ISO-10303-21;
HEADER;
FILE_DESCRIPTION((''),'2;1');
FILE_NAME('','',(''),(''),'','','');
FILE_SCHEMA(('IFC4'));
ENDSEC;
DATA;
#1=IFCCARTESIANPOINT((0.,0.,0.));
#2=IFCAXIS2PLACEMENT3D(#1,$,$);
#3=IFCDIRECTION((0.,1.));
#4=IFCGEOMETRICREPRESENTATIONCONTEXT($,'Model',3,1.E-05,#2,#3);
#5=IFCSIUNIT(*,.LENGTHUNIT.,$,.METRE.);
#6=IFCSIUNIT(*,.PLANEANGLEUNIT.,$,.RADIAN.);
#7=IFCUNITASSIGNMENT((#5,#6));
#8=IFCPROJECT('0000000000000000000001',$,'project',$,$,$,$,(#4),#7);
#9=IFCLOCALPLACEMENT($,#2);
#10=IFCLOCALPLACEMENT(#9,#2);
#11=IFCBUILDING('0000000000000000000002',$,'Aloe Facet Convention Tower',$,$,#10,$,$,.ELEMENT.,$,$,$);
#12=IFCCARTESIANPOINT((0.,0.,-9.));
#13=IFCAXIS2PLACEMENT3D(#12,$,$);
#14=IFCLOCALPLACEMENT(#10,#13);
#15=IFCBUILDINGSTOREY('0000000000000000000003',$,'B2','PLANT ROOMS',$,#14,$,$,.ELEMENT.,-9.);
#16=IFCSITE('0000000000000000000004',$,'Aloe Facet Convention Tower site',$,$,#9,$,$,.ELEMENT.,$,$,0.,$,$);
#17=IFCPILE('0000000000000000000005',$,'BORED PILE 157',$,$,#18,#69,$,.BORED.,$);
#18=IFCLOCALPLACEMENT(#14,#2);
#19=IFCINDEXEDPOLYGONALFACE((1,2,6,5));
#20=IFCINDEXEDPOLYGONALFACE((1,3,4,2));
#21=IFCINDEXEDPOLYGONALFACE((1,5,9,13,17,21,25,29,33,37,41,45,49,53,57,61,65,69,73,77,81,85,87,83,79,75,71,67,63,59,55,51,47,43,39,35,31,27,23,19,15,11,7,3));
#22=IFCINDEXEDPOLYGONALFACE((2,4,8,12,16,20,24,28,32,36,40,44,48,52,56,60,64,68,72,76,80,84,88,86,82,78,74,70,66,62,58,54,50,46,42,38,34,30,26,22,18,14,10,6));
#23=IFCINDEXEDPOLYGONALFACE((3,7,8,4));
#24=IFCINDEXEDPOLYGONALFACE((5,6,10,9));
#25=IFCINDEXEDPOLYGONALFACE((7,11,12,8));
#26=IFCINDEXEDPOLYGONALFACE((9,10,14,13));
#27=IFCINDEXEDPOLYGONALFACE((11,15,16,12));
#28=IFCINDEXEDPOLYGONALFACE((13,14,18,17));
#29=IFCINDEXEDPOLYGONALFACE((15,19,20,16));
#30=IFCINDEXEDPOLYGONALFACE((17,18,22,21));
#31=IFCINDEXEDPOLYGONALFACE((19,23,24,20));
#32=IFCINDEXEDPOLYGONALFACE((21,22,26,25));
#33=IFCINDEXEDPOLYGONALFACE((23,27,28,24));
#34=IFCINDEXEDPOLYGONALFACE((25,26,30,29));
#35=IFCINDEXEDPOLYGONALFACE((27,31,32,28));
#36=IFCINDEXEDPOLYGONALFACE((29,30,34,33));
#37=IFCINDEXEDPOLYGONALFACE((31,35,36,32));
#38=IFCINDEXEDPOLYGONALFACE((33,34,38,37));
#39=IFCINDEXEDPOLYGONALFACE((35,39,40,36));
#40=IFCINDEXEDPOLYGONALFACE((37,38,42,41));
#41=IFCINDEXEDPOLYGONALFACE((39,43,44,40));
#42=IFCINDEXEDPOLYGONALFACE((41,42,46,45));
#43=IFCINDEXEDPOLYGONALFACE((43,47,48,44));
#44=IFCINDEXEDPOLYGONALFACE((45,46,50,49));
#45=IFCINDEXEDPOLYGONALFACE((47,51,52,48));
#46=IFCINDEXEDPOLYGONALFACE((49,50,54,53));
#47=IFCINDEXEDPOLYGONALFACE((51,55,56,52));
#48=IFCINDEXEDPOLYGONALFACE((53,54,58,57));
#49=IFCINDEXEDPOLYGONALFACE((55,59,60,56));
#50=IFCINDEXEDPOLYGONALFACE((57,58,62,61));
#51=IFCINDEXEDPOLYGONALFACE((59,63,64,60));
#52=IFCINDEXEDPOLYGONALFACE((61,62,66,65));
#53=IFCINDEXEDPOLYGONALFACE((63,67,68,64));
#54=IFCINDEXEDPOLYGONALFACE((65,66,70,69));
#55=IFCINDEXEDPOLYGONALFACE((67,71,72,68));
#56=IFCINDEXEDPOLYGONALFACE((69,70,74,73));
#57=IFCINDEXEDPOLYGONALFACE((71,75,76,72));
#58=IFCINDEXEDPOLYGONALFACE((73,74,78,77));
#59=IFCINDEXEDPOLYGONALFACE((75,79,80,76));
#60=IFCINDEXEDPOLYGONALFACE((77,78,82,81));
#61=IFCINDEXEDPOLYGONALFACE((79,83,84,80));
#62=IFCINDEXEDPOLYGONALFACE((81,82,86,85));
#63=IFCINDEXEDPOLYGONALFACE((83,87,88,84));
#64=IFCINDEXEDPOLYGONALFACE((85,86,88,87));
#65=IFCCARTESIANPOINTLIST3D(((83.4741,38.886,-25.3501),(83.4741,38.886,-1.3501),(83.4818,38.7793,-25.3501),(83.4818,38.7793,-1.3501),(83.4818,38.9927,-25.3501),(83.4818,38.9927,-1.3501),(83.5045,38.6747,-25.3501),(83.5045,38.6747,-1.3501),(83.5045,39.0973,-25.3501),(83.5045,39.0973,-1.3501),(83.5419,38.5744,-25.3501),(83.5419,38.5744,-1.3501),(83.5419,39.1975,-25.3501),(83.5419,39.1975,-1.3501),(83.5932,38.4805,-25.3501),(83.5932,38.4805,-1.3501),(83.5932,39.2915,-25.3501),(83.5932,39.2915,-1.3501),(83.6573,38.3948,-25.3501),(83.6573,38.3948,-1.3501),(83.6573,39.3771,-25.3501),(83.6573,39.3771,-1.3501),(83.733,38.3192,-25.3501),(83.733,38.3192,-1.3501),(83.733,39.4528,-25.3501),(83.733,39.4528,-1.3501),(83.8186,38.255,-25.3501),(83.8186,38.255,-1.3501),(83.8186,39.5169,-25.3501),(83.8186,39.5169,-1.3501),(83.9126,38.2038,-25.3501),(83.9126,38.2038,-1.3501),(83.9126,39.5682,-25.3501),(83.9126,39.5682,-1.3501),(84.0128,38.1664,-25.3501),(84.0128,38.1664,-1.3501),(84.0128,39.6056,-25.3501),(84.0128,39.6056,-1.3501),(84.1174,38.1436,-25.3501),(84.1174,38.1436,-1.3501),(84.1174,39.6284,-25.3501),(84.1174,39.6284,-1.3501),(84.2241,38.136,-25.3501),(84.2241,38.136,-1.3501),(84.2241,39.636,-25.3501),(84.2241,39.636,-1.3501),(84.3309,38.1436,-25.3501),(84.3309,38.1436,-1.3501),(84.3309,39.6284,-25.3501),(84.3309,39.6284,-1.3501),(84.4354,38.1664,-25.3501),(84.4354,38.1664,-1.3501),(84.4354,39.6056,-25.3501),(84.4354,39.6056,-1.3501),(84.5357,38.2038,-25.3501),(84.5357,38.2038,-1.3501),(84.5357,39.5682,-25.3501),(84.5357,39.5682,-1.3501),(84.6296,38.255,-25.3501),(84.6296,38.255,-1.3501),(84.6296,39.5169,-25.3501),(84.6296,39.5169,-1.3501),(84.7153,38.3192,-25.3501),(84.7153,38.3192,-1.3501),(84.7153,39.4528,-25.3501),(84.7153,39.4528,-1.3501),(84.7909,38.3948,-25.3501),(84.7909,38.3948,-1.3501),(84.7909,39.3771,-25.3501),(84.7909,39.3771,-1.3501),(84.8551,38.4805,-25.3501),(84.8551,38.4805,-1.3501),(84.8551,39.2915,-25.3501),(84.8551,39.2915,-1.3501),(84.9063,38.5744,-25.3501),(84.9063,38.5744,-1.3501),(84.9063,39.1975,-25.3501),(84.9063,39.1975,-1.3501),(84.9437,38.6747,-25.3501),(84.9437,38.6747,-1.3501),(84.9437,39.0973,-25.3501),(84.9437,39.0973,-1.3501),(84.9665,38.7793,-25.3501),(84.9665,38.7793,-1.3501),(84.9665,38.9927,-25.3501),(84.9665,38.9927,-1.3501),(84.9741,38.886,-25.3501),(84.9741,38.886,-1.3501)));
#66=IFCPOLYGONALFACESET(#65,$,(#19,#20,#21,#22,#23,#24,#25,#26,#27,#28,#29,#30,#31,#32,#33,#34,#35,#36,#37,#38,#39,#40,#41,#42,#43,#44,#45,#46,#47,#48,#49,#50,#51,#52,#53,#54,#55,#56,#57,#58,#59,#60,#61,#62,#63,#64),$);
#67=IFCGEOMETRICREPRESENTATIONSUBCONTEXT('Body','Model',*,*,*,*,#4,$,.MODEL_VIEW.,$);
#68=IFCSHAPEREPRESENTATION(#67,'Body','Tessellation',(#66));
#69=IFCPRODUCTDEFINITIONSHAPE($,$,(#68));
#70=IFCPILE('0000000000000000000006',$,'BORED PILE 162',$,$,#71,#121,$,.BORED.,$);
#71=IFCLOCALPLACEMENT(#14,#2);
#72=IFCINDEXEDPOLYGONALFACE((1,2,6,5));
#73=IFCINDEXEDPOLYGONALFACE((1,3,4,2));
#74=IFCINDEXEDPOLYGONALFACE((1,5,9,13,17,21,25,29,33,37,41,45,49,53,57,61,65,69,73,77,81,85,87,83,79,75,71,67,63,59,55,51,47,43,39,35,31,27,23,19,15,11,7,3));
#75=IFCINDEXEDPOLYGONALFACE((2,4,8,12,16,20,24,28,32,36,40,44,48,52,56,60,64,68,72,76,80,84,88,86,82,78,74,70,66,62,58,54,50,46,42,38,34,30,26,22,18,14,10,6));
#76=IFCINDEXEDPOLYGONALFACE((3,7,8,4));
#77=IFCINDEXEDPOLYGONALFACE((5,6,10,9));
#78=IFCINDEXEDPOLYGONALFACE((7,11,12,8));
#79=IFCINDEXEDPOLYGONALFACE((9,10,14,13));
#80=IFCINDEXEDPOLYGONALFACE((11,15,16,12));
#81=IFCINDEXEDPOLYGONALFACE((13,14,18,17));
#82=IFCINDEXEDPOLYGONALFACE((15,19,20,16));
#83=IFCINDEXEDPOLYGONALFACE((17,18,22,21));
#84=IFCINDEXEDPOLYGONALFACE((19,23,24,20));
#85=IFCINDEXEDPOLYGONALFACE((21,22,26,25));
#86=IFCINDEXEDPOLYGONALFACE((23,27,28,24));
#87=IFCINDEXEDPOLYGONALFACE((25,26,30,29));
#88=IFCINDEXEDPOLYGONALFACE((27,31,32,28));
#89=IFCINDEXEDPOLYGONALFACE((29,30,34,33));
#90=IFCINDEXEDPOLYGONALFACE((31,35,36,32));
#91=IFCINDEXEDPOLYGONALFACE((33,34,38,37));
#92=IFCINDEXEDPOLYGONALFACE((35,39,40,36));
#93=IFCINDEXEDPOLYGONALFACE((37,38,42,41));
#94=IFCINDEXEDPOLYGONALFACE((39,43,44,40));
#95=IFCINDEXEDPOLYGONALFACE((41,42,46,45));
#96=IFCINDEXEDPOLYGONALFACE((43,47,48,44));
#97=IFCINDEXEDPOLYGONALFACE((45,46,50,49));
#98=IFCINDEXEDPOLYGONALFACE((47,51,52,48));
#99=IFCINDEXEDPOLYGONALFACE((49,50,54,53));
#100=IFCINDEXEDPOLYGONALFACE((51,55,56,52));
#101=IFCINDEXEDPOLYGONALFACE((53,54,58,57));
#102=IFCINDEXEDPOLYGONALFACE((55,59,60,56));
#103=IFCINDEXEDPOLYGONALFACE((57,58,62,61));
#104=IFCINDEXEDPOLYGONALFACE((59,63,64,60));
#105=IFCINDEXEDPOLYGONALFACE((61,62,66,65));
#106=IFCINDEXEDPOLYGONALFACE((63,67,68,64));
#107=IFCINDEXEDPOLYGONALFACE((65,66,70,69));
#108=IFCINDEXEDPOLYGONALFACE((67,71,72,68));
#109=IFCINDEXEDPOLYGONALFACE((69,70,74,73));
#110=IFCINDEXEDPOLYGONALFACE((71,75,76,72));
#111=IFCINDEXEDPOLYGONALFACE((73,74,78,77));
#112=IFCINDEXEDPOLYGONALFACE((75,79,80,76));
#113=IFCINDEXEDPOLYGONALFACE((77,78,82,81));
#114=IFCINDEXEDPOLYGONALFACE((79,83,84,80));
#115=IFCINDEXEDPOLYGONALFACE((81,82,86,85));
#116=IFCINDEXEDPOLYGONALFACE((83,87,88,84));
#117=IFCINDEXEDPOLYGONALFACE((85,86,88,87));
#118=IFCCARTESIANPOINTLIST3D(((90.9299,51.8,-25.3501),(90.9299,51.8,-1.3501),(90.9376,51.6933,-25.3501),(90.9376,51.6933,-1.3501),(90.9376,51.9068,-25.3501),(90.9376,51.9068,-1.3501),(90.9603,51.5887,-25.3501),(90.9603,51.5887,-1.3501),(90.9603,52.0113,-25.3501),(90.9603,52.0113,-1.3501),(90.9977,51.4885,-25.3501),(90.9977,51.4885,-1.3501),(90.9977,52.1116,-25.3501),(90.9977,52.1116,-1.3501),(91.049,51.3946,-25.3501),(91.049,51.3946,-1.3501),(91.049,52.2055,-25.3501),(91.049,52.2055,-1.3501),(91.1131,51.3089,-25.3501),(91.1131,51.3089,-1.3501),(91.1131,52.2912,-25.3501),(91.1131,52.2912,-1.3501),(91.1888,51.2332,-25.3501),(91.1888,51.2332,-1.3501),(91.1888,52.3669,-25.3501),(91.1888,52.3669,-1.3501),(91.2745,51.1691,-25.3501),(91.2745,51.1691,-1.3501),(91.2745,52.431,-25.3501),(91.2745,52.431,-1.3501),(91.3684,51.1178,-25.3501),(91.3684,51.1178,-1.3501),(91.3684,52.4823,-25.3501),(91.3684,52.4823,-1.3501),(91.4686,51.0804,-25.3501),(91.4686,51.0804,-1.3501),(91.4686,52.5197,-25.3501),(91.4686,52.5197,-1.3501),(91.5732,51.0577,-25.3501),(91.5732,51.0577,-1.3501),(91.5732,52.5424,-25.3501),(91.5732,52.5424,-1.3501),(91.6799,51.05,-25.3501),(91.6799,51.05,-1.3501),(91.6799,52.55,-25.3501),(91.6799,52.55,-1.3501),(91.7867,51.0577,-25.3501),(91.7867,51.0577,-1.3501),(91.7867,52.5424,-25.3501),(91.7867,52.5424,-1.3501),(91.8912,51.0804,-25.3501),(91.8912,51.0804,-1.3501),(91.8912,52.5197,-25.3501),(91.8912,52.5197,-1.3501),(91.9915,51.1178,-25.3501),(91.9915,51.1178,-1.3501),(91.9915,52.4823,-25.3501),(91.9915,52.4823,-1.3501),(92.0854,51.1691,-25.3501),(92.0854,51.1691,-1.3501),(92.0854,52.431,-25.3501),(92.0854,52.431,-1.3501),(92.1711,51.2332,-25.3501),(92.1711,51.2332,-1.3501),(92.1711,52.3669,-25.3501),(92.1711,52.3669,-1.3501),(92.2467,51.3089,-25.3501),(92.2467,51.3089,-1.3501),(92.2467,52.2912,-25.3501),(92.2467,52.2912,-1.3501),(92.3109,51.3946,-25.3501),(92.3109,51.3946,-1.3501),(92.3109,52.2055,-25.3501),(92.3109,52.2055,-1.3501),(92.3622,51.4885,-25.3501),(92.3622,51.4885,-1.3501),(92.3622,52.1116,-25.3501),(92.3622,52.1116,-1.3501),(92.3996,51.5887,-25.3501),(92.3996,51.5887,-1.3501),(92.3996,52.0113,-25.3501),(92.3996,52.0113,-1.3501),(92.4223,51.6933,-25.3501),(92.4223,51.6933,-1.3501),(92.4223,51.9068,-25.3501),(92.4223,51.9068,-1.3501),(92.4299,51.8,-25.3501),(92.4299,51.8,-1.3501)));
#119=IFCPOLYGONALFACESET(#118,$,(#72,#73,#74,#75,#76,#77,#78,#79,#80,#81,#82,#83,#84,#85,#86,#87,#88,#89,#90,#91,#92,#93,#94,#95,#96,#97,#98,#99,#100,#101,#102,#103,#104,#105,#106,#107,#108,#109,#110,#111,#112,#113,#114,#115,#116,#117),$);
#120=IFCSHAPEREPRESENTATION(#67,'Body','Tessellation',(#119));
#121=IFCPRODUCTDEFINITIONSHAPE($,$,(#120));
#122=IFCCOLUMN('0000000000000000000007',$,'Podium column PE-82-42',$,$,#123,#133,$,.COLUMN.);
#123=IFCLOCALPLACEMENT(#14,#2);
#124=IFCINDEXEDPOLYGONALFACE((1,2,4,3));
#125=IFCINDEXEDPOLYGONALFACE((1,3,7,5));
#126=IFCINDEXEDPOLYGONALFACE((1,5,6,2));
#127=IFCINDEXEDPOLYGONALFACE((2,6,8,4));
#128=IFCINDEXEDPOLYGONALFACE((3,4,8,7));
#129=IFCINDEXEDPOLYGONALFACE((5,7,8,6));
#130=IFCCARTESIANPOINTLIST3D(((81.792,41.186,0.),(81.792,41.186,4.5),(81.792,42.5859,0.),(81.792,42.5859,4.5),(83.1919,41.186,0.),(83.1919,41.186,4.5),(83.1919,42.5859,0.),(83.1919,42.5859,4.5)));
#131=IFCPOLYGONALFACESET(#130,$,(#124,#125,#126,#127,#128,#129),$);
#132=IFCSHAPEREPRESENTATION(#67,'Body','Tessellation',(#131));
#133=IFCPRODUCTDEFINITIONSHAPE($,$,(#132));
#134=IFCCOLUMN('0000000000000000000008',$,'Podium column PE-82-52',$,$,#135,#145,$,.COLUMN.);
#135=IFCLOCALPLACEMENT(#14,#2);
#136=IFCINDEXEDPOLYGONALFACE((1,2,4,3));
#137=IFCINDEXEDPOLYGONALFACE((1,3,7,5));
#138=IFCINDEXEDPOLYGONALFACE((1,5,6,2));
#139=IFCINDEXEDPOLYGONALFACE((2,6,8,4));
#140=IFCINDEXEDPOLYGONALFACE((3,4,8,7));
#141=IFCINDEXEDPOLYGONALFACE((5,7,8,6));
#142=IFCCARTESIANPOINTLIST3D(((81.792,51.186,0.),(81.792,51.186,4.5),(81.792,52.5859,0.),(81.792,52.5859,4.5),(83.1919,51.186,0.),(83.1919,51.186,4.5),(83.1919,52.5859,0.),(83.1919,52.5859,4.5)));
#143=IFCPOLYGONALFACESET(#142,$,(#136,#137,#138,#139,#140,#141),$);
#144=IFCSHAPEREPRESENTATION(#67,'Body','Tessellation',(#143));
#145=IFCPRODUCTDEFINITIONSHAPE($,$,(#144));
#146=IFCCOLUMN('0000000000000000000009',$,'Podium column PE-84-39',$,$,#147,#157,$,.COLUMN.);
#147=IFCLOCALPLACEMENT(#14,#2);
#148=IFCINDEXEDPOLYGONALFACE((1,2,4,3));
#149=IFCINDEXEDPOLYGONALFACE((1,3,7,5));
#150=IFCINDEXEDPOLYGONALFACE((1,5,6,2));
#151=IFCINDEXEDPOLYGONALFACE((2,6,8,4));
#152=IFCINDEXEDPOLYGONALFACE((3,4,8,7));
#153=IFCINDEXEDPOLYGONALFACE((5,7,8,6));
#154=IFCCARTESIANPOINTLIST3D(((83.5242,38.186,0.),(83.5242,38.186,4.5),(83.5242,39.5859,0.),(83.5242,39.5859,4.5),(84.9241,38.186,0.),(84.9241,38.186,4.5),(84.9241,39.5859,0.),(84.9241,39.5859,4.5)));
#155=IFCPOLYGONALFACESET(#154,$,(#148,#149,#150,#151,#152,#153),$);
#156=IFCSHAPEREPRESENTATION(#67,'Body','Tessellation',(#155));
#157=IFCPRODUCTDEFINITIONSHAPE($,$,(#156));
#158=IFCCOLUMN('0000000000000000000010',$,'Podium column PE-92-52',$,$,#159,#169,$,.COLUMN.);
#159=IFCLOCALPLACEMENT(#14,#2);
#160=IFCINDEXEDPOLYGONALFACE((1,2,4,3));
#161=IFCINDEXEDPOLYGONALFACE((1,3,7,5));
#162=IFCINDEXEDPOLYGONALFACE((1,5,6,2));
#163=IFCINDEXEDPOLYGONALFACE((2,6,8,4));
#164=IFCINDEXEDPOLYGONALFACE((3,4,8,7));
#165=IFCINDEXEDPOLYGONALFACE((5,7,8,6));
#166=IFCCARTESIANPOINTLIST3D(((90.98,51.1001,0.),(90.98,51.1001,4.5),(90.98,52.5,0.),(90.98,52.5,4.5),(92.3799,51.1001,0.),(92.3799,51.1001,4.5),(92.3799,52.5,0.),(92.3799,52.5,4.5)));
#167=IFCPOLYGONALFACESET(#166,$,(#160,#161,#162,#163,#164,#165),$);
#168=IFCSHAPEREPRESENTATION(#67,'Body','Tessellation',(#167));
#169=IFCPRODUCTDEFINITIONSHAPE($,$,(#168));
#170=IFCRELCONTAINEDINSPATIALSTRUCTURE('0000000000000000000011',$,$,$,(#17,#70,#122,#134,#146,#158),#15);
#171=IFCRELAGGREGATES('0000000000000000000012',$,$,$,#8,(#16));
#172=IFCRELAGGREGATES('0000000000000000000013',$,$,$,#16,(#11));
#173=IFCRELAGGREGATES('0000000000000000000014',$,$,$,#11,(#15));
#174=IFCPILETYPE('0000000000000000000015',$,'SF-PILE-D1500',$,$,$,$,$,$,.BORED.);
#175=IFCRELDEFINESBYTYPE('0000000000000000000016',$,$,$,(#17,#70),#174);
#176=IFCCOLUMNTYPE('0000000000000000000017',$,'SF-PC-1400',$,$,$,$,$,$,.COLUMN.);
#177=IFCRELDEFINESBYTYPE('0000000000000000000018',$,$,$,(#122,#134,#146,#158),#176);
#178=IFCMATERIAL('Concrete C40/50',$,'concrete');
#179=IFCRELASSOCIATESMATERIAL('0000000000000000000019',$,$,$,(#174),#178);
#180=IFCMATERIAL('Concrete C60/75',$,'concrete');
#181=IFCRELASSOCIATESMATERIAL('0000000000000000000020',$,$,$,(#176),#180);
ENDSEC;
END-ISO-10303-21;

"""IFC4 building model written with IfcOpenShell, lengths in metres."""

from ifc_helpers import new_model, si_unit, direction, frame, origin, origin_2d, place, context, subcontext, project, spatial, rectangle, circle, extrude, material, material_profile, profile_set, type_object, element, save


model = new_model("IFC4")

# Units and contexts
model_context = context("Model", 3, precision=1e-05, world=origin(), true_north=direction((0.0, 1.0)))
body_context = subcontext(model_context, "Body", "Model", "MODEL_VIEW")
ifc_project = project(units=[si_unit("LENGTHUNIT", "METRE"), si_unit("PLANEANGLEUNIT", "RADIAN")], contexts=[model_context])

# Site, building, storey
site_placement = place(None, origin())
site = spatial("IfcSite", under=ifc_project, at=site_placement, Name="Aloe Facet Convention Tower site", CompositionType="ELEMENT", RefElevation=0.0)
building_placement = place(site_placement, origin())
building = spatial("IfcBuilding", under=site, at=building_placement, Name="Aloe Facet Convention Tower", CompositionType="ELEMENT")
storey_placement = place(building_placement, frame((0.0, 0.0, -9.0)))
storey = spatial("IfcBuildingStorey", under=building, at=storey_placement, Name="B2", Description="PLANT ROOMS", CompositionType="ELEMENT", Elevation=-9.0)

# Piles
ifc_material_1 = material(Name="Concrete C40/50", Category="concrete")
ifc_material_profile_1 = material_profile(ifc_material_1, circle(Radius=0.75, at=origin_2d()), Name="D1500")
ifc_profile_set_1 = profile_set([ifc_material_profile_1], Name="Concrete C40/50")
pile_type = type_object("IfcPileType", Name="SF-PILE-D1500", PredefinedType="BORED", material=ifc_profile_set_1)
for number, where, z_axis, x_axis, name in (
    (1, (84.2241, 38.886, -1.3501), (0.0, 0.0, -1.0), (1.0, 0.0, 0.0), "BORED PILE 157"),
    (2, (91.6799, 51.8, -1.3501), (0.0, 0.0, -1.0), (1.0, 0.0, 0.0), "BORED PILE 162"),
):
    element("IfcPile", number, at=place(storey_placement, frame(where, z_axis=z_axis, x_axis=x_axis)), inside=storey, type_object=pile_type, Name=name, PredefinedType="BORED", context=body_context, shape_type="SweptSolid", body=[
        extrude(circle(Radius=0.75, at=origin_2d()), origin(), (0.0, 0.0, 1.0), 24.0),
    ])

# Columns
ifc_material_2 = material(Name="Concrete C60/75", Category="concrete")
ifc_material_profile_2 = material_profile(ifc_material_2, rectangle(XDim=1.3999, YDim=1.3999, at=origin_2d()), Name="SF-PC-1400")
ifc_profile_set_2 = profile_set([ifc_material_profile_2], Name="Concrete C60/75")
column_type = type_object("IfcColumnType", Name="SF-PC-1400", PredefinedType="COLUMN", material=ifc_profile_set_2)
for number, where, z_axis, x_axis, name in (
    (3, (82.4919, 41.886, 0.0), (0.0, 0.0, 1.0), (1.0, 0.0, 0.0), "Podium column PE-82-42"),
    (4, (82.4919, 51.886, 0.0), (0.0, 0.0, 1.0), (1.0, 0.0, 0.0), "Podium column PE-82-52"),
    (5, (84.2241, 38.886, 0.0), (0.0, 0.0, 1.0), (1.0, 0.0, 0.0), "Podium column PE-84-39"),
    (6, (91.6799, 51.8, 0.0), (0.0, 0.0, 1.0), (1.0, 0.0, 0.0), "Podium column PE-92-52"),
):
    element("IfcColumn", number, at=place(storey_placement, frame(where, z_axis=z_axis, x_axis=x_axis)), inside=storey, type_object=column_type, Name=name, PredefinedType="COLUMN", context=body_context, shape_type="SweptSolid", body=[
        extrude(rectangle(XDim=1.3999, YDim=1.3999, at=origin_2d()), origin(), (0.0, 0.0, 1.0), 4.5),
    ])

save(model, "model.ifc")
